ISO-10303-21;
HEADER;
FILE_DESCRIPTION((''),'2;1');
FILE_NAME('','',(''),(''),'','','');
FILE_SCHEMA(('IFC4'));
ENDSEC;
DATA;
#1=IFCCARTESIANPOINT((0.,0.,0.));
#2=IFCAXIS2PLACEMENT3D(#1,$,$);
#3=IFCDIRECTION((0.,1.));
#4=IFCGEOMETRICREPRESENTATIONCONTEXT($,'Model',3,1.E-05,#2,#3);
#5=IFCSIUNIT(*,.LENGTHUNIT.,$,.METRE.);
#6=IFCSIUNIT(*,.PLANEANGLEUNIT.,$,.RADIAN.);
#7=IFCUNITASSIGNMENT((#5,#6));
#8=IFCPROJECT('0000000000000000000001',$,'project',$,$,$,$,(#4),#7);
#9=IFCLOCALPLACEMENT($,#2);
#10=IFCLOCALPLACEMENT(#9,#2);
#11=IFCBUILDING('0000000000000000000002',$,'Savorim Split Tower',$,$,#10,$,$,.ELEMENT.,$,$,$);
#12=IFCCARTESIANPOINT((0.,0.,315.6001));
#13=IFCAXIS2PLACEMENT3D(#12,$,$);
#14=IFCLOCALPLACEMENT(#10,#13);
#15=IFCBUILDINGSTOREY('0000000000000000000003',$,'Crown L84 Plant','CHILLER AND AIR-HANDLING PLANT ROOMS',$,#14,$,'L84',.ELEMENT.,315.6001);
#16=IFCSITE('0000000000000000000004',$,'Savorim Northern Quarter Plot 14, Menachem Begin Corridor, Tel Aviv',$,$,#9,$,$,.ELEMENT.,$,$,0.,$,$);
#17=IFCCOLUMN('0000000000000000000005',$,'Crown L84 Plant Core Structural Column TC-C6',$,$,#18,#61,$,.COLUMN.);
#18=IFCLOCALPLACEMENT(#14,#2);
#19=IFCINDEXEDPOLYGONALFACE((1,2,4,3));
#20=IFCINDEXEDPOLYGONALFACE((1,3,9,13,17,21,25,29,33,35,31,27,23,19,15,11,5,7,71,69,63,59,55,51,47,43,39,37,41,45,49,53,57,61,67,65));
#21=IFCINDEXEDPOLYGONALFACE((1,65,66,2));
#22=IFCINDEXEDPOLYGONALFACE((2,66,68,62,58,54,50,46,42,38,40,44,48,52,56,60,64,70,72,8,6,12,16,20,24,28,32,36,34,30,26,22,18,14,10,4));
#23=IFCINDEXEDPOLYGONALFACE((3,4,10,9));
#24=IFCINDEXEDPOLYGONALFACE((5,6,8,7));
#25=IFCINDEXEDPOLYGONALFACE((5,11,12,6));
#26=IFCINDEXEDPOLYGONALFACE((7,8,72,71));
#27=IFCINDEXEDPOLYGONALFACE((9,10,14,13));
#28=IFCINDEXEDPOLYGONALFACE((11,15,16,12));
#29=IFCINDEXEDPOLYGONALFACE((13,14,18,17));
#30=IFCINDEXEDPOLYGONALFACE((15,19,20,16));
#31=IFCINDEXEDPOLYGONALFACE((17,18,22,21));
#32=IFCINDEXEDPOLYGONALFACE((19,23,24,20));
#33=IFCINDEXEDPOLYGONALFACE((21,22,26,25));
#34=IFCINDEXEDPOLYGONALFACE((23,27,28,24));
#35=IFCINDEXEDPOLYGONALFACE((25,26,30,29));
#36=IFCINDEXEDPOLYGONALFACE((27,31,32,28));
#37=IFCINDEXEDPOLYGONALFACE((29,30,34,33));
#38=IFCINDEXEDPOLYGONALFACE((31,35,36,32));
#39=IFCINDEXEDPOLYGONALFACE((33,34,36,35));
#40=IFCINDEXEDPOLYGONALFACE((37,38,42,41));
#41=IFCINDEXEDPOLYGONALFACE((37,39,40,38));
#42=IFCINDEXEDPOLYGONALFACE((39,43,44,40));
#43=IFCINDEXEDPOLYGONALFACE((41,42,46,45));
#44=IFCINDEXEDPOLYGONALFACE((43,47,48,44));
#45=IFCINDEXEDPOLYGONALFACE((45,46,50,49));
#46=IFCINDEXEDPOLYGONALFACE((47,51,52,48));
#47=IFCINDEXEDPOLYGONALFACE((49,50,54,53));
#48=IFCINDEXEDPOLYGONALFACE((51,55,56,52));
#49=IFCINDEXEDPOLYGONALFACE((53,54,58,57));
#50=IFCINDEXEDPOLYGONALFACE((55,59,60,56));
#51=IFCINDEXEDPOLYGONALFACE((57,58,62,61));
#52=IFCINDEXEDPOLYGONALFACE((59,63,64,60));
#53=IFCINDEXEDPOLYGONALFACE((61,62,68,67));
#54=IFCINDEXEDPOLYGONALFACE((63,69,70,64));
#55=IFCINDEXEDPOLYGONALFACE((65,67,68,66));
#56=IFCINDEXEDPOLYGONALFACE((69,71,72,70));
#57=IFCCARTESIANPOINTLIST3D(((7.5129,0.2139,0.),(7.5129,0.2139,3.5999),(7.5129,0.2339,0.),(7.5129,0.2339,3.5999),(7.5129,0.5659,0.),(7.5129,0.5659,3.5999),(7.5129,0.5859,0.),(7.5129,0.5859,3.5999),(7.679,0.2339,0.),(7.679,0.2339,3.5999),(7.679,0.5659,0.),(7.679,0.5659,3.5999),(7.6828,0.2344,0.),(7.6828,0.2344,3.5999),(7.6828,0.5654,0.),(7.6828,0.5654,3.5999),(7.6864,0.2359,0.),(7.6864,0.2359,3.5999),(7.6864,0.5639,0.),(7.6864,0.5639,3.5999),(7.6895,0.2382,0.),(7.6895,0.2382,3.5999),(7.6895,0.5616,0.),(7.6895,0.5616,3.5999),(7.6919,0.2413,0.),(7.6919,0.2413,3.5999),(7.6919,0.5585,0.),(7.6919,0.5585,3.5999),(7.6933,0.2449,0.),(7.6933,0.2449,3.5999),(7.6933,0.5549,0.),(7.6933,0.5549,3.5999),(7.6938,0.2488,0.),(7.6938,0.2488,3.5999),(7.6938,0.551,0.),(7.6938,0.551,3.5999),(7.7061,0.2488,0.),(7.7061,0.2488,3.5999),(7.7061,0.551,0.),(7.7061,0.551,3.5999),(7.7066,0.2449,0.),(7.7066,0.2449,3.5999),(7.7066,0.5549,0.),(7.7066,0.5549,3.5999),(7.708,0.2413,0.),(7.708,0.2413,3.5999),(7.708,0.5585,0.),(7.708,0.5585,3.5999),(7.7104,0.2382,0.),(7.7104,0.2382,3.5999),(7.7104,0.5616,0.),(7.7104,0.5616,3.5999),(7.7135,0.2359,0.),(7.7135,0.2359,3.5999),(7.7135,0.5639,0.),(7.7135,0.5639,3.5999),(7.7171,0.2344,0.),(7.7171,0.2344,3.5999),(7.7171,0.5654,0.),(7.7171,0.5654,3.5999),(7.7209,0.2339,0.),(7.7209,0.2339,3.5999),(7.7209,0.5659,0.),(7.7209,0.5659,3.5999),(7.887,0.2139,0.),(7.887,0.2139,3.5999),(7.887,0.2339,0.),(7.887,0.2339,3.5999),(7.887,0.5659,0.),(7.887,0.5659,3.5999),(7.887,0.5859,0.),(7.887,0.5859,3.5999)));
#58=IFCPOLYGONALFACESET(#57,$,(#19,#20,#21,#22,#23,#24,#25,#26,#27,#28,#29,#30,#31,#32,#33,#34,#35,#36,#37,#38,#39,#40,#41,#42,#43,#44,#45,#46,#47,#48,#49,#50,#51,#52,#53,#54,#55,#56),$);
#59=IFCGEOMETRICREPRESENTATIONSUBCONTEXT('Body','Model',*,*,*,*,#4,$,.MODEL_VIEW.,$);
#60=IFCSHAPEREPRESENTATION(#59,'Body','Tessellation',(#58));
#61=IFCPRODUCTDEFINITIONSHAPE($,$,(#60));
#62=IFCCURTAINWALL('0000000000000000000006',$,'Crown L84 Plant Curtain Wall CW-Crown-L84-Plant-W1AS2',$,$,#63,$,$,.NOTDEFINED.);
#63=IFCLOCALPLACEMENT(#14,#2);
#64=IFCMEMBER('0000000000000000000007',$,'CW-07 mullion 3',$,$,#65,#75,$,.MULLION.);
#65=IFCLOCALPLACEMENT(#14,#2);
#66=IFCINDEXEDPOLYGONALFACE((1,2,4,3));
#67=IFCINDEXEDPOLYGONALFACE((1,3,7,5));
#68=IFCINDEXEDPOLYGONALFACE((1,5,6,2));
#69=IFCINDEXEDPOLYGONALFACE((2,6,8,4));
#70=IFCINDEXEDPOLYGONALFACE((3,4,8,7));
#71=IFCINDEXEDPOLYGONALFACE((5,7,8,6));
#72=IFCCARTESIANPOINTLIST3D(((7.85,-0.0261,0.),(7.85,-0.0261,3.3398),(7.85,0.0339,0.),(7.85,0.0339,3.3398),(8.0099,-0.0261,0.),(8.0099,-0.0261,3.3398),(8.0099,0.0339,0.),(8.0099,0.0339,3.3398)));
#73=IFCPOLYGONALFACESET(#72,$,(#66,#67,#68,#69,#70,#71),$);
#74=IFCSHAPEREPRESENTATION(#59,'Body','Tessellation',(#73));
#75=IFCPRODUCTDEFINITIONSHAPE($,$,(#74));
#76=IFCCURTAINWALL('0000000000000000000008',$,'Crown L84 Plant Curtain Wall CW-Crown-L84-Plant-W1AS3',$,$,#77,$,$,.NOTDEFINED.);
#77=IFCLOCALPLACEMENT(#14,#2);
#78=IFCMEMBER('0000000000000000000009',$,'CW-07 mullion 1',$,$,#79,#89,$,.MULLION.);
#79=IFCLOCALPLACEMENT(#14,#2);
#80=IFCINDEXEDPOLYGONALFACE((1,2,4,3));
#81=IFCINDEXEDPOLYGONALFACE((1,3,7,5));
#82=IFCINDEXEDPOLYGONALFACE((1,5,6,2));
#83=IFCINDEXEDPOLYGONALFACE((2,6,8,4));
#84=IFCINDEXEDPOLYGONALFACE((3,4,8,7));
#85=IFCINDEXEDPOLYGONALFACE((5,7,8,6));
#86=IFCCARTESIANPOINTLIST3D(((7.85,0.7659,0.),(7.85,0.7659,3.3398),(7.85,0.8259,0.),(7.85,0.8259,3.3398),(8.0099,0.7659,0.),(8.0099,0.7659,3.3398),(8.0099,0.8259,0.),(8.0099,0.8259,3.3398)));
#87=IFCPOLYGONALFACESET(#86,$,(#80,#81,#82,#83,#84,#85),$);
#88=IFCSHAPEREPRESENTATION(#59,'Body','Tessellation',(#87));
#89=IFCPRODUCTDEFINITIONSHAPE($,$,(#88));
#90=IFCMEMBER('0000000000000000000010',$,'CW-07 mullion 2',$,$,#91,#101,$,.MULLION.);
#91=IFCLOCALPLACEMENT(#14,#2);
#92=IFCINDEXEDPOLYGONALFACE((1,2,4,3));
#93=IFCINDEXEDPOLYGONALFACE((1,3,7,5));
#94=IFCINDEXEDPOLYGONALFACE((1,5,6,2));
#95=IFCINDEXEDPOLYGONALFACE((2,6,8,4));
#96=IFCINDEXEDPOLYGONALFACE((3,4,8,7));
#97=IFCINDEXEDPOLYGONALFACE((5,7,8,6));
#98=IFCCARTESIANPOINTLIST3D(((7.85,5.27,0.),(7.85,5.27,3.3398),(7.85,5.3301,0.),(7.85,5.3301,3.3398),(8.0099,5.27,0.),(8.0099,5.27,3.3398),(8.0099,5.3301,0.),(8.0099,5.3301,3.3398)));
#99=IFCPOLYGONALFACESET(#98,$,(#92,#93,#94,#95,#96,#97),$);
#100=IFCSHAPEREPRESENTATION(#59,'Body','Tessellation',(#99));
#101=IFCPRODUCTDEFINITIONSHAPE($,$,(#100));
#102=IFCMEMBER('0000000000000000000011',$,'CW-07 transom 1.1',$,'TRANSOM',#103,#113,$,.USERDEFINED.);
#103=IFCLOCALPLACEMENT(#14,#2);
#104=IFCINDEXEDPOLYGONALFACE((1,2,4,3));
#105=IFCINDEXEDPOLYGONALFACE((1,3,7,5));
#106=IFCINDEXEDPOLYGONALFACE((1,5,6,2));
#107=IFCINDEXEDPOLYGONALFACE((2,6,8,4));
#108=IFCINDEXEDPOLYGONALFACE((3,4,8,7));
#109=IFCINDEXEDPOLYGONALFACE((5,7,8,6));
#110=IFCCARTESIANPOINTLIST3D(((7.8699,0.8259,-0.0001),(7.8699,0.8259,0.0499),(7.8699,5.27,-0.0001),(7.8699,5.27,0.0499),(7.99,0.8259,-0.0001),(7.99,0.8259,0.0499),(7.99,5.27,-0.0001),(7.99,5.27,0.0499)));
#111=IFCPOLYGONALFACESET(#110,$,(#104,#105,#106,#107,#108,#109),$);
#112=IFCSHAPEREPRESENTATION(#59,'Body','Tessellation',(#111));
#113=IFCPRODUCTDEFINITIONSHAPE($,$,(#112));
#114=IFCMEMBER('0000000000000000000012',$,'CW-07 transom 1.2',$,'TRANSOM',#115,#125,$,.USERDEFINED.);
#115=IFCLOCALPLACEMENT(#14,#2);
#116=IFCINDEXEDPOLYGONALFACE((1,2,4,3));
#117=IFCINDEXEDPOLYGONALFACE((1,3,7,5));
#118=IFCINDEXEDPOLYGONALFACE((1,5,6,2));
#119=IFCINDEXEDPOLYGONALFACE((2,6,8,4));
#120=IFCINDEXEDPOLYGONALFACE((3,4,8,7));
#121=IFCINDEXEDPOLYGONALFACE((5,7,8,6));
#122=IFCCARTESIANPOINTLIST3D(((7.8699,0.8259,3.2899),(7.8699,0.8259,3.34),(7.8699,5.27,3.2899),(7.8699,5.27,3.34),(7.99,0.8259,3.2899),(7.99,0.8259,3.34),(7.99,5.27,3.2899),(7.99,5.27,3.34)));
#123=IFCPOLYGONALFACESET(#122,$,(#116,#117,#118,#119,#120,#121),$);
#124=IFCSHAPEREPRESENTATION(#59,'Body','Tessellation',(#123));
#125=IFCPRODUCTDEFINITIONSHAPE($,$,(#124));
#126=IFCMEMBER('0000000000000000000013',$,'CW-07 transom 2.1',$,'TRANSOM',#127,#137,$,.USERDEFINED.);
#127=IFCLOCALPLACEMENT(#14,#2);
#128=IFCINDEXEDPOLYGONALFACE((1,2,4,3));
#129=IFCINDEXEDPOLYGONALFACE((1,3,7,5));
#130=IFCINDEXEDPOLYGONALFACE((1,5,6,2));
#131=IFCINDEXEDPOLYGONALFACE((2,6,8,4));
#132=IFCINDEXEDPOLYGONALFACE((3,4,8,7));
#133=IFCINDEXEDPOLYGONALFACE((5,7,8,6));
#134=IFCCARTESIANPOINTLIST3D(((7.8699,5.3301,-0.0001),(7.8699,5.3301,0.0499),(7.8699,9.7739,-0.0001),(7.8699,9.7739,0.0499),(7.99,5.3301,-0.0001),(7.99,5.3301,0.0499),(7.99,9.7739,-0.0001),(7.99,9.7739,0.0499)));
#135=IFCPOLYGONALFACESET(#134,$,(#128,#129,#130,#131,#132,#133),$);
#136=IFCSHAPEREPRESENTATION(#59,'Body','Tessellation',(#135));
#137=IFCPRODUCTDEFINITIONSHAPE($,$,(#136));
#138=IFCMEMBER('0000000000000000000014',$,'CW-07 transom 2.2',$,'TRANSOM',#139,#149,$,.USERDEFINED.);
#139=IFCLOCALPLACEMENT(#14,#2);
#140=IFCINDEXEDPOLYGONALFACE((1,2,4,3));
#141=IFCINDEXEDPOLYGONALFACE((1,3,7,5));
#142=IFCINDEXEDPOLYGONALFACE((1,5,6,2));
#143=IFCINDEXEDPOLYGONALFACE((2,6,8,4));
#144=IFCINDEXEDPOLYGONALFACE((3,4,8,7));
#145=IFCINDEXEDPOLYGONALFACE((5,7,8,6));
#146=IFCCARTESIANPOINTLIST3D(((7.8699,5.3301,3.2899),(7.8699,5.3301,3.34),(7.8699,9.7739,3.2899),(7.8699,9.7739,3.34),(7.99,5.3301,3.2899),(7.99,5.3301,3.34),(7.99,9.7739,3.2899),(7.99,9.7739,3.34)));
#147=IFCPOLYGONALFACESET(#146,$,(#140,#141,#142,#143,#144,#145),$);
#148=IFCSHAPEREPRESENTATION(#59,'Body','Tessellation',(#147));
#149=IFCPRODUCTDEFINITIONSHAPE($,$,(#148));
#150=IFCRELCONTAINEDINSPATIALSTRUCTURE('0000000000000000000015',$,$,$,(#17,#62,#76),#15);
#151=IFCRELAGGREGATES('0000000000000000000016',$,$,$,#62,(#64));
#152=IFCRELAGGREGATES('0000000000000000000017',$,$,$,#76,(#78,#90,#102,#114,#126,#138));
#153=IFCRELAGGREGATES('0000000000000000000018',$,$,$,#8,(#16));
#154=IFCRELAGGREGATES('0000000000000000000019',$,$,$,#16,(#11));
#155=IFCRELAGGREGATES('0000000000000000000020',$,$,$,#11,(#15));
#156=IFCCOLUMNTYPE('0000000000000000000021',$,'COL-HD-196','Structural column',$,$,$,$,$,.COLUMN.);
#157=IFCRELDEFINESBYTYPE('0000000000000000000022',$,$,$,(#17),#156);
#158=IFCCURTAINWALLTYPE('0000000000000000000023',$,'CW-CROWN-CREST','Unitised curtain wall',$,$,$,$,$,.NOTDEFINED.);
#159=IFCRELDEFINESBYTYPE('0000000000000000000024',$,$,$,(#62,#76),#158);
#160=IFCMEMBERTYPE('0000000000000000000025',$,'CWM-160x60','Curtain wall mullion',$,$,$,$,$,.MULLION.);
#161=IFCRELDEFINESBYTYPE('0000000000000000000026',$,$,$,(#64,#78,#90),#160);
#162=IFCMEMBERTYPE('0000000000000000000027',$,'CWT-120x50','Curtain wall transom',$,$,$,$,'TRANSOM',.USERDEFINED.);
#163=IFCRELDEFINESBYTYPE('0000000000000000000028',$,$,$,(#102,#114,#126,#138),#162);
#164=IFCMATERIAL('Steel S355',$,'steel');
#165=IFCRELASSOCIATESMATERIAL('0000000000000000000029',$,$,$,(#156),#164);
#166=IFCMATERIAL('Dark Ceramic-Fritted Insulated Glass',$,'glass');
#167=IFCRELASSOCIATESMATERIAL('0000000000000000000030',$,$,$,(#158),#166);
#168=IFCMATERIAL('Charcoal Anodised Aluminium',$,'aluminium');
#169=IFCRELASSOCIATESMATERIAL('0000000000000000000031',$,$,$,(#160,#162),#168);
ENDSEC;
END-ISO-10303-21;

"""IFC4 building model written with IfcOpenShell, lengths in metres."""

from ifc_helpers import new_model, si_unit, direction, frame, origin, origin_2d, place, context, subcontext, project, spatial, rectangle, i_section, extrude, material, material_profile, profile_set, type_object, element, aggregate, save


model = new_model("IFC4")

# Units and contexts
model_context = context("Model", 3, precision=1e-05, world=origin(), true_north=direction((0.0, 1.0)))
body_context = subcontext(model_context, "Body", "Model", "MODEL_VIEW")
ifc_project = project(units=[si_unit("LENGTHUNIT", "METRE"), si_unit("PLANEANGLEUNIT", "RADIAN")], contexts=[model_context])

# Site, building, storey
site_placement = place(None, origin())
site = spatial("IfcSite", under=ifc_project, at=site_placement, Name="Savorim Northern Quarter Plot 14, Menachem Begin Corridor, Tel Aviv", CompositionType="ELEMENT", RefElevation=0.0)
building_placement = place(site_placement, origin())
building = spatial("IfcBuilding", under=site, at=building_placement, Name="Savorim Split Tower", CompositionType="ELEMENT")
storey_placement = place(building_placement, frame((0.0, 0.0, 315.6001)))
storey = spatial("IfcBuildingStorey", under=building, at=storey_placement, Name="Crown L84 Plant", Description="CHILLER AND AIR-HANDLING PLANT ROOMS", LongName="L84", CompositionType="ELEMENT", Elevation=315.6001)

# Column
ifc_material_1 = material(Name="Steel S355", Category="steel")
ifc_material_profile_1 = material_profile(ifc_material_1, i_section(OverallWidth=0.374, OverallDepth=0.3721, WebThickness=0.0122, FlangeThickness=0.02, FilletRadius=0.0149, at=origin_2d()), Name="HD 360x196")
ifc_profile_set_1 = profile_set([ifc_material_profile_1], Name="Steel S355")
column_type = type_object("IfcColumnType", Name="COL-HD-196", Description="Structural column", PredefinedType="COLUMN", material=ifc_profile_set_1)
column_placement = place(storey_placement, frame((7.7, 0.3999, 0.0), z_axis=(0.0, 0.0, 1.0), x_axis=(1.0, 0.0, 0.0)))
element("IfcColumn", 1, at=column_placement, inside=storey, type_object=column_type, Name="Crown L84 Plant Core Structural Column TC-C6", PredefinedType="COLUMN", context=body_context, shape_type="SweptSolid", body=[
    extrude(i_section(OverallWidth=0.374, OverallDepth=0.3721, WebThickness=0.0122, FlangeThickness=0.02, FilletRadius=0.0149, at=origin_2d()), origin(), (0.0, 0.0, 1.0), 3.5999),
])

# Curtain wall, member
ifc_material_2 = material(Name="Dark Ceramic-Fritted Insulated Glass", Category="glass")
curtain_wall_type = type_object("IfcCurtainWallType", Name="CW-CROWN-CREST", Description="Unitised curtain wall", PredefinedType="NOTDEFINED", material=ifc_material_2)
curtain_wall_1_placement = place(storey_placement, origin())
curtain_wall_1 = element("IfcCurtainWall", 2, at=curtain_wall_1_placement, inside=storey, type_object=curtain_wall_type, Name="Crown L84 Plant Curtain Wall CW-Crown-L84-Plant-W1AS2", PredefinedType="NOTDEFINED")
ifc_material_3 = material(Name="Charcoal Anodised Aluminium", Category="aluminium")
ifc_material_profile_2 = material_profile(ifc_material_3, rectangle(XDim=0.1599, YDim=0.0601, at=origin_2d()), Name="ALU-M 160x60")
ifc_profile_set_2 = profile_set([ifc_material_profile_2], Name="Charcoal Anodised Aluminium")
member_type_1 = type_object("IfcMemberType", Name="CWM-160x60", Description="Curtain wall mullion", PredefinedType="MULLION", material=ifc_profile_set_2)
member_1_placement = place(storey_placement, frame((7.9299, 0.0039, 0.0), z_axis=(0.0, 0.0, 1.0), x_axis=(-1.0, 0.0, 0.0)))
member_1 = element("IfcMember", 3, at=member_1_placement, type_object=member_type_1, Name="CW-07 mullion 3", PredefinedType="MULLION", context=body_context, shape_type="SweptSolid", body=[
    extrude(rectangle(XDim=0.1599, YDim=0.0601, at=origin_2d()), origin(), (0.0, 0.0, 1.0), 3.3398),
])
aggregate(curtain_wall_1, [member_1])

# Curtain wall, members
curtain_wall_2_placement = place(storey_placement, origin())
curtain_wall_2 = element("IfcCurtainWall", 4, at=curtain_wall_2_placement, inside=storey, type_object=curtain_wall_type, Name="Crown L84 Plant Curtain Wall CW-Crown-L84-Plant-W1AS3", PredefinedType="NOTDEFINED")
member_2_placement = place(storey_placement, frame((7.9299, 0.7959, 0.0), z_axis=(0.0, 0.0, 1.0), x_axis=(-1.0, 0.0, 0.0)))
member_2 = element("IfcMember", 5, at=member_2_placement, type_object=member_type_1, Name="CW-07 mullion 1", PredefinedType="MULLION", context=body_context, shape_type="SweptSolid", body=[
    extrude(rectangle(XDim=0.1599, YDim=0.0601, at=origin_2d()), origin(), (0.0, 0.0, 1.0), 3.3398),
])
member_3_placement = place(storey_placement, frame((7.9299, 5.3, 0.0), z_axis=(0.0, 0.0, 1.0), x_axis=(-1.0, 0.0, 0.0)))
member_3 = element("IfcMember", 6, at=member_3_placement, type_object=member_type_1, Name="CW-07 mullion 2", PredefinedType="MULLION", context=body_context, shape_type="SweptSolid", body=[
    extrude(rectangle(XDim=0.1599, YDim=0.0601, at=origin_2d()), origin(), (0.0, 0.0, 1.0), 3.3398),
])
ifc_material_profile_3 = material_profile(ifc_material_3, rectangle(XDim=0.1201, YDim=0.05, at=origin_2d()), Name="ALU-T 120x50")
ifc_profile_set_3 = profile_set([ifc_material_profile_3], Name="Charcoal Anodised Aluminium")
member_type_2 = type_object("IfcMemberType", Name="CWT-120x50", Description="Curtain wall transom", ElementType="TRANSOM", PredefinedType="USERDEFINED", material=ifc_profile_set_3)
member_4_placement = place(storey_placement, frame((7.9299, 0.8259, 0.0249), z_axis=(0.0, 1.0, 0.0), x_axis=(-1.0, 0.0, 0.0)))
member_4 = element("IfcMember", 7, at=member_4_placement, type_object=member_type_2, Name="CW-07 transom 1.1", ObjectType="TRANSOM", PredefinedType="USERDEFINED", context=body_context, shape_type="SweptSolid", body=[
    extrude(rectangle(XDim=0.1201, YDim=0.05, at=origin_2d()), origin(), (0.0, 0.0, 1.0), 4.4441),
])
member_5_placement = place(storey_placement, frame((7.9299, 0.8259, 3.3149), z_axis=(0.0, 1.0, 0.0), x_axis=(-1.0, 0.0, 0.0)))
member_5 = element("IfcMember", 8, at=member_5_placement, type_object=member_type_2, Name="CW-07 transom 1.2", ObjectType="TRANSOM", PredefinedType="USERDEFINED", context=body_context, shape_type="SweptSolid", body=[
    extrude(rectangle(XDim=0.1201, YDim=0.05, at=origin_2d()), origin(), (0.0, 0.0, 1.0), 4.4441),
])
member_6_placement = place(storey_placement, frame((7.9299, 5.3301, 0.0249), z_axis=(0.0, 1.0, 0.0), x_axis=(-1.0, 0.0, 0.0)))
member_6 = element("IfcMember", 9, at=member_6_placement, type_object=member_type_2, Name="CW-07 transom 2.1", ObjectType="TRANSOM", PredefinedType="USERDEFINED", context=body_context, shape_type="SweptSolid", body=[
    extrude(rectangle(XDim=0.1201, YDim=0.05, at=origin_2d()), origin(), (0.0, 0.0, 1.0), 4.4438),
])
member_7_placement = place(storey_placement, frame((7.9299, 5.3301, 3.3149), z_axis=(0.0, 1.0, 0.0), x_axis=(-1.0, 0.0, 0.0)))
member_7 = element("IfcMember", 10, at=member_7_placement, type_object=member_type_2, Name="CW-07 transom 2.2", ObjectType="TRANSOM", PredefinedType="USERDEFINED", context=body_context, shape_type="SweptSolid", body=[
    extrude(rectangle(XDim=0.1201, YDim=0.05, at=origin_2d()), origin(), (0.0, 0.0, 1.0), 4.4438),
])

aggregate(curtain_wall_2, [member_2, member_3, member_4, member_5, member_6, member_7])

save(model, "model.ifc")
